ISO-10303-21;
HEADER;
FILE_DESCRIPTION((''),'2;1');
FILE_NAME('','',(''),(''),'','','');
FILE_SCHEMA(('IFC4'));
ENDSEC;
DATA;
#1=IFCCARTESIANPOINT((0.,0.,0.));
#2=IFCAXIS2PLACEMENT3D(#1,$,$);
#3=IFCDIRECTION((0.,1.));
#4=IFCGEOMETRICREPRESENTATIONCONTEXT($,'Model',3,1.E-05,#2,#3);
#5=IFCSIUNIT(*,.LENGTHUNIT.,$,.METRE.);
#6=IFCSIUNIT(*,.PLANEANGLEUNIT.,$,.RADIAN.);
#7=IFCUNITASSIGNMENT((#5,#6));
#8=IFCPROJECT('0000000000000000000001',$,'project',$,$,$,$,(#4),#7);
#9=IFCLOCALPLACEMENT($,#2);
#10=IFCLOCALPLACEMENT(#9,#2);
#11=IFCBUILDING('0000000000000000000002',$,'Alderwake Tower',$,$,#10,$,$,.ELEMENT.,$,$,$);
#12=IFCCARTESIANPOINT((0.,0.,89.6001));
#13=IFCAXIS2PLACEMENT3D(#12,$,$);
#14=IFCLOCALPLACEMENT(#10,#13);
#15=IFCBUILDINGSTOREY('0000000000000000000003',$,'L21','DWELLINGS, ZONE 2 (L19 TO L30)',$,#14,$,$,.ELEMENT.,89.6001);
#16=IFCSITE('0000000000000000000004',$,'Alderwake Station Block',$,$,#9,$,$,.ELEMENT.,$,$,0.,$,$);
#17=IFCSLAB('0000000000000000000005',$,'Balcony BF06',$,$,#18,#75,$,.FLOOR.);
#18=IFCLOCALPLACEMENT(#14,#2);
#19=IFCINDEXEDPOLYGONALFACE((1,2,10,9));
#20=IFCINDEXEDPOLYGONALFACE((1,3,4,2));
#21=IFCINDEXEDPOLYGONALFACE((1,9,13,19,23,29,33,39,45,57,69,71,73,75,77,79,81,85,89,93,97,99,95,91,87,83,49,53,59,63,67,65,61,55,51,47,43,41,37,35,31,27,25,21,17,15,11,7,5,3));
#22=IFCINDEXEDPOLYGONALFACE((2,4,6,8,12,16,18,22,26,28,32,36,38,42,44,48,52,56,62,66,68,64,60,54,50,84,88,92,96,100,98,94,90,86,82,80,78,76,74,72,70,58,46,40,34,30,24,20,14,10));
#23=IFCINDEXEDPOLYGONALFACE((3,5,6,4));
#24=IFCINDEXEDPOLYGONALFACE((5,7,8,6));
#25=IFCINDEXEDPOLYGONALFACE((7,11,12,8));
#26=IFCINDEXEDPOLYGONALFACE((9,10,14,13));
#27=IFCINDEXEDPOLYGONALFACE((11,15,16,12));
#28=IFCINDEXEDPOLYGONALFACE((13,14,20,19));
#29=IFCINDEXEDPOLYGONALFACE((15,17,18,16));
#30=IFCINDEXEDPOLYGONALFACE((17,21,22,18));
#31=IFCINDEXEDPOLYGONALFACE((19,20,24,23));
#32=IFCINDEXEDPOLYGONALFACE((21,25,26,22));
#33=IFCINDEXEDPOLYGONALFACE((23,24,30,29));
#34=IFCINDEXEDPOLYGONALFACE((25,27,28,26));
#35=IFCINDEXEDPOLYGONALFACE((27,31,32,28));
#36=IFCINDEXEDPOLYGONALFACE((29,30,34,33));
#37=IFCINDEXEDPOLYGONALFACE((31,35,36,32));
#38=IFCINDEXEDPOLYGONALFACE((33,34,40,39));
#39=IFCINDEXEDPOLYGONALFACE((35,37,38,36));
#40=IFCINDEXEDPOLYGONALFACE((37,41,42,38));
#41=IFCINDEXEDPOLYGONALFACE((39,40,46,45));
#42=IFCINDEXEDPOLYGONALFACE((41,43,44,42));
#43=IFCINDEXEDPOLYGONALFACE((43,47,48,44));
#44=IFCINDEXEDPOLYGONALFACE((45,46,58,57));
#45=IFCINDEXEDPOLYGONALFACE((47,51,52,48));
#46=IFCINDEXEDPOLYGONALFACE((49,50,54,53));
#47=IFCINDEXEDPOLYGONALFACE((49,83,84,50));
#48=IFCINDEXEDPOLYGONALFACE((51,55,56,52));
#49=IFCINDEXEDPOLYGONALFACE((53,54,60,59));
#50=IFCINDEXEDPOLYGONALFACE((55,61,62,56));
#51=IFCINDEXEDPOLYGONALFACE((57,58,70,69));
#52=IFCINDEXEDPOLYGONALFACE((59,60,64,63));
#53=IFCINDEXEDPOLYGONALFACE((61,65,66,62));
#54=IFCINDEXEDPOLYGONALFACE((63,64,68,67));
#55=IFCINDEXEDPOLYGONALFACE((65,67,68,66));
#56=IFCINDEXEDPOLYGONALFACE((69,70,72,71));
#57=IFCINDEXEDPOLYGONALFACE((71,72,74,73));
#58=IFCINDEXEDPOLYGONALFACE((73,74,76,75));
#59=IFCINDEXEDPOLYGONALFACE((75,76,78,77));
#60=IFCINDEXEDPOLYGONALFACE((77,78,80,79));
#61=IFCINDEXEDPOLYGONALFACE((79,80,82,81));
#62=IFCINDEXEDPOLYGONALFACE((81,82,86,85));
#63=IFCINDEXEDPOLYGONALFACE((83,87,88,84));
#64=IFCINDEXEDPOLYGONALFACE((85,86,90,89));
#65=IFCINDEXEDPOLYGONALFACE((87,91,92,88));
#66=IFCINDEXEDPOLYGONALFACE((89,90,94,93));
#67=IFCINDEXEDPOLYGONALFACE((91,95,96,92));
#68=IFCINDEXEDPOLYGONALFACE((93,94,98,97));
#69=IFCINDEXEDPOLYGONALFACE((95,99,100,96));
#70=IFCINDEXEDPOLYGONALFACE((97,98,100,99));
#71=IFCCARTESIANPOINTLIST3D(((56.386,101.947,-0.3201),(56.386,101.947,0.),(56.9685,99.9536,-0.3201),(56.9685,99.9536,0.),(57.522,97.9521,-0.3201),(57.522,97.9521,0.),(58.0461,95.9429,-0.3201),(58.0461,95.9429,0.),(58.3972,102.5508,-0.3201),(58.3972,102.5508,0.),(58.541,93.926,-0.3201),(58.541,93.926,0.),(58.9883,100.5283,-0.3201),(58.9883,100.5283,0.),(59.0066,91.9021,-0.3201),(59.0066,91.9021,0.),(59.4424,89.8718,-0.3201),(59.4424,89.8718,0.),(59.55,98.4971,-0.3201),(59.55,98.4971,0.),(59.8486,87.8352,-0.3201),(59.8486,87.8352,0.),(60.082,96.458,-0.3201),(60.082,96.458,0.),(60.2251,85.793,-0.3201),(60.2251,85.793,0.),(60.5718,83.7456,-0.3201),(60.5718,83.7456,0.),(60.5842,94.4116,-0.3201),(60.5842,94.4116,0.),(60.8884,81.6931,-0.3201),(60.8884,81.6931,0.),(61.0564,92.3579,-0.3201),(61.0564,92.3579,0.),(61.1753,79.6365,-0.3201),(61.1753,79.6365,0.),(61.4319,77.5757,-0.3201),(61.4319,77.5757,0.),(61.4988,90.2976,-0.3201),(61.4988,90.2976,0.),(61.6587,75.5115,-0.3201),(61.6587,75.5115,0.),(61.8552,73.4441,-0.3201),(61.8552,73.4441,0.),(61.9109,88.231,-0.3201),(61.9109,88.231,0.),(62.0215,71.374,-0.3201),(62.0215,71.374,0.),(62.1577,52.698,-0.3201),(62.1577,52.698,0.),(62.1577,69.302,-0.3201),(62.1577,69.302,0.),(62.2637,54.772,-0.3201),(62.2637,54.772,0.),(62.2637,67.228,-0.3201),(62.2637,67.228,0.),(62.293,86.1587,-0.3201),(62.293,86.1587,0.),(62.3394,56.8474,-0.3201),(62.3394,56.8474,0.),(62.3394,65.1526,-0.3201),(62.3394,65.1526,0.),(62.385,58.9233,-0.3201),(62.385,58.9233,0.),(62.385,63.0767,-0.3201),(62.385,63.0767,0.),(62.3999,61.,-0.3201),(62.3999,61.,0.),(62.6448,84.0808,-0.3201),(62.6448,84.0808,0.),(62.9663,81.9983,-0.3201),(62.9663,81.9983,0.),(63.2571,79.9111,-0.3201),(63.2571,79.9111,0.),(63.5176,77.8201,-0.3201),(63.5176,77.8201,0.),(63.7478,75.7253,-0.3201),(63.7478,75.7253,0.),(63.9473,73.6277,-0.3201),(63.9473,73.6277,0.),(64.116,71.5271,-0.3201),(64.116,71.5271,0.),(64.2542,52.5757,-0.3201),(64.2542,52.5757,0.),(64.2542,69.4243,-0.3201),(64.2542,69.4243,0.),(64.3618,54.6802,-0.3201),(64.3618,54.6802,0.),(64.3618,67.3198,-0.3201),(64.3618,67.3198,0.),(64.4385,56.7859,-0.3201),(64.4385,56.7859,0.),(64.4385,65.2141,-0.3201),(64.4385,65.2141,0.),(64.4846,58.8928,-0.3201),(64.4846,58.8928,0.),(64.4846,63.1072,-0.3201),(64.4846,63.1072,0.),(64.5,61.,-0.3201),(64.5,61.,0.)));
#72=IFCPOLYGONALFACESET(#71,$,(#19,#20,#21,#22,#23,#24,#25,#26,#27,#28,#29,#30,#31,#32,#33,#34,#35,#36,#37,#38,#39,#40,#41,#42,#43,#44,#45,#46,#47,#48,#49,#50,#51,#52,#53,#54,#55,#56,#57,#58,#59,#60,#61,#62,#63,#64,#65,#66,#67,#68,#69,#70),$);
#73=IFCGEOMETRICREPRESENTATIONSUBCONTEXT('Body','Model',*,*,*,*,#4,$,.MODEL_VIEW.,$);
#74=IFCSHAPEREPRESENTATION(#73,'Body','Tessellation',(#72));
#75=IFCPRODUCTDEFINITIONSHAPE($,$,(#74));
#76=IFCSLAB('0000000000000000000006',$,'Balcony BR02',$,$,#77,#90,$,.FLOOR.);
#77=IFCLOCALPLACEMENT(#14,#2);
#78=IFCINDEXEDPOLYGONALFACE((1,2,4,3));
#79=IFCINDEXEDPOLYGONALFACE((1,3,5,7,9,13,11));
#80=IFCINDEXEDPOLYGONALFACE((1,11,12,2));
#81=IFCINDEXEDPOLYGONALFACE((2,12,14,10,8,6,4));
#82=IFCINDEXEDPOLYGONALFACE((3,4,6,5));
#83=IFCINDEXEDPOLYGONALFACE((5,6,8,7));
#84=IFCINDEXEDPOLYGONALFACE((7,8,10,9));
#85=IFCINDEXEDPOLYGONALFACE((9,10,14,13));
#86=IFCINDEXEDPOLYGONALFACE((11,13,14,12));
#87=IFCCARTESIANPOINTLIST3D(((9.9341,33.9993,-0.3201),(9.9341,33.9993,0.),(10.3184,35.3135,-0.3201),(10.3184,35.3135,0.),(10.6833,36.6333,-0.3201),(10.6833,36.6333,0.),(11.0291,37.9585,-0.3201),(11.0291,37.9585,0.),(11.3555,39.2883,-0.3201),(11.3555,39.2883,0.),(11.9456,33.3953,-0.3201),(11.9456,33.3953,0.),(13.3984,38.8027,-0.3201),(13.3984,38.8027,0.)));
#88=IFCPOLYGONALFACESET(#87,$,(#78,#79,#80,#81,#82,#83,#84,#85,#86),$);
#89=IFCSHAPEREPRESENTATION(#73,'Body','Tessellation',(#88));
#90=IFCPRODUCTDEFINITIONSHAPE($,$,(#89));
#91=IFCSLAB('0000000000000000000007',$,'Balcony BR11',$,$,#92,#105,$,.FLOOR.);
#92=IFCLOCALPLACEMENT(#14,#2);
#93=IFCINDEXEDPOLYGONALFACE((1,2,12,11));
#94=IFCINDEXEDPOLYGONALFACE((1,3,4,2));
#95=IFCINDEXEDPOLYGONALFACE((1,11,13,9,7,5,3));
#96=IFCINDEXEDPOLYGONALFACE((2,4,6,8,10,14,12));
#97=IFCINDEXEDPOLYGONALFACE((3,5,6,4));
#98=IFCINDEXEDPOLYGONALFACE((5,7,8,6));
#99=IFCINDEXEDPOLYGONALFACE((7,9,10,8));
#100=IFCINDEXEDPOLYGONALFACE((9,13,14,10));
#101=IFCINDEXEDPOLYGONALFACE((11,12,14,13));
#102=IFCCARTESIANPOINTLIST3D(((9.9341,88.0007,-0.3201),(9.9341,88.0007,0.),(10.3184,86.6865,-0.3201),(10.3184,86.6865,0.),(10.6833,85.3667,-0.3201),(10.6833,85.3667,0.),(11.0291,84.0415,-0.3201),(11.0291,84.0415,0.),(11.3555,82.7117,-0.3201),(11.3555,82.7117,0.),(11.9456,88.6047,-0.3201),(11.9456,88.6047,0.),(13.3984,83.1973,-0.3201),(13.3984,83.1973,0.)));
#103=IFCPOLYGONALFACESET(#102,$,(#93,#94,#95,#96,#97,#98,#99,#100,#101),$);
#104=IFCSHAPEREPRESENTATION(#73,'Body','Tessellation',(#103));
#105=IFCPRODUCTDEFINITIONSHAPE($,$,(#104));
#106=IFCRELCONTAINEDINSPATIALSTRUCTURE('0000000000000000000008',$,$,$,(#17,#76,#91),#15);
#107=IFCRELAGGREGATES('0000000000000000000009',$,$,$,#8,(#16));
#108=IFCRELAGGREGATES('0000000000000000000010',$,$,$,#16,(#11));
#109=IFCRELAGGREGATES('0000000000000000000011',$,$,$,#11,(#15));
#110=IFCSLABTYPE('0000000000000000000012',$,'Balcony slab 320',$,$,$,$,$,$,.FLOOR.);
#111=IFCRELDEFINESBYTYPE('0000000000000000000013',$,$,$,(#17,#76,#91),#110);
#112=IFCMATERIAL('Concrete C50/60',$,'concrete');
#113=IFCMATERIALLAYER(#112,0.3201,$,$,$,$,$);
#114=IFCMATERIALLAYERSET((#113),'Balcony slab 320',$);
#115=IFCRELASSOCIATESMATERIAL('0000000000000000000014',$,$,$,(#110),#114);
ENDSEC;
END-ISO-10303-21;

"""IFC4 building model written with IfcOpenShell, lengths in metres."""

from ifc_helpers import new_model, si_unit, direction, frame, origin, place, context, subcontext, project, spatial, polyline, outline, extrude, material, layer, layer_set, type_object, element, save


model = new_model("IFC4")

# Units and contexts
model_context = context("Model", 3, precision=1e-05, world=origin(), true_north=direction((0.0, 1.0)))
body_context = subcontext(model_context, "Body", "Model", "MODEL_VIEW")
ifc_project = project(units=[si_unit("LENGTHUNIT", "METRE"), si_unit("PLANEANGLEUNIT", "RADIAN")], contexts=[model_context])

# Site, building, storey
site_placement = place(None, origin())
site = spatial("IfcSite", under=ifc_project, at=site_placement, Name="Alderwake Station Block", CompositionType="ELEMENT", RefElevation=0.0)
building_placement = place(site_placement, origin())
building = spatial("IfcBuilding", under=site, at=building_placement, Name="Alderwake Tower", CompositionType="ELEMENT")
storey_placement = place(building_placement, frame((0.0, 0.0, 89.6001)))
storey = spatial("IfcBuildingStorey", under=building, at=storey_placement, Name="L21", Description="DWELLINGS, ZONE 2 (L19 TO L30)", CompositionType="ELEMENT", Elevation=89.6001)

# Slabs
ifc_material_1 = material(Name="Concrete C50/60", Category="concrete")
ifc_layer_1 = layer(ifc_material_1, 0.3201)
ifc_layer_set_1 = layer_set([ifc_layer_1], Name="Balcony slab 320")
slab_type_1 = type_object("IfcSlabType", Name="Balcony slab 320", PredefinedType="FLOOR", material=ifc_layer_set_1)
slab_1_placement = place(storey_placement, frame((0.0, 0.0, -0.3201)))
element("IfcSlab", 1, at=slab_1_placement, inside=storey, type_object=slab_type_1, Name="Balcony BF06", PredefinedType="FLOOR", context=body_context, shape_type="SweptSolid", body=[
    extrude(outline(polyline([(64.3618, 54.6802), (64.4385, 56.7859), (64.4846, 58.8928), (64.5, 61.0), (64.4846, 63.1072), (64.4385, 65.2141), (64.3618, 67.3198), (64.2542, 69.4243), (64.116, 71.5271), (63.9473, 73.6277), (63.7478, 75.7253), (63.5176, 77.8201), (63.2571, 79.9111), (62.9663, 81.9983), (62.6448, 84.0808), (62.293, 86.1587), (61.9109, 88.231), (61.4988, 90.2976), (61.0564, 92.3579), (60.5842, 94.4116), (60.082, 96.458), (59.55, 98.4971), (58.9883, 100.5283), (58.3972, 102.5508), (56.386, 101.947), (56.9685, 99.9536), (57.522, 97.9521), (58.0461, 95.9429), (58.541, 93.926), (59.0066, 91.9021), (59.4424, 89.8718), (59.8486, 87.8352), (60.2251, 85.793), (60.5718, 83.7456), (60.8884, 81.6931), (61.1753, 79.6365), (61.4319, 77.5757), (61.6587, 75.5115), (61.8552, 73.4441), (62.0215, 71.374), (62.1577, 69.302), (62.2637, 67.228), (62.3394, 65.1526), (62.385, 63.0767), (62.3999, 61.0), (62.385, 58.9233), (62.3394, 56.8474), (62.2637, 54.772), (62.1577, 52.698), (64.2542, 52.5757), (64.3618, 54.6802)])), origin(), (0.0, 0.0, 1.0), 0.3201),
])
slab_2_placement = place(storey_placement, frame((0.0, 0.0, -0.3201)))
element("IfcSlab", 2, at=slab_2_placement, inside=storey, type_object=slab_type_1, Name="Balcony BR02", PredefinedType="FLOOR", context=body_context, shape_type="SweptSolid", body=[
    extrude(outline(polyline([(9.9341, 33.9993), (11.9456, 33.3953), (13.3984, 38.8027), (11.3555, 39.2883), (11.0291, 37.9585), (10.6833, 36.6333), (10.3184, 35.3135), (9.9341, 33.9993)])), origin(), (0.0, 0.0, 1.0), 0.3201),
])
slab_3_placement = place(storey_placement, frame((0.0, 0.0, -0.3201)))
element("IfcSlab", 3, at=slab_3_placement, inside=storey, type_object=slab_type_1, Name="Balcony BR11", PredefinedType="FLOOR", context=body_context, shape_type="SweptSolid", body=[
    extrude(outline(polyline([(11.3555, 82.7117), (13.3984, 83.1973), (11.9456, 88.6047), (9.9341, 88.0007), (10.3184, 86.6865), (10.6833, 85.3667), (11.0291, 84.0415), (11.3555, 82.7117)])), origin(), (0.0, 0.0, 1.0), 0.3201),
])

save(model, "model.ifc")
